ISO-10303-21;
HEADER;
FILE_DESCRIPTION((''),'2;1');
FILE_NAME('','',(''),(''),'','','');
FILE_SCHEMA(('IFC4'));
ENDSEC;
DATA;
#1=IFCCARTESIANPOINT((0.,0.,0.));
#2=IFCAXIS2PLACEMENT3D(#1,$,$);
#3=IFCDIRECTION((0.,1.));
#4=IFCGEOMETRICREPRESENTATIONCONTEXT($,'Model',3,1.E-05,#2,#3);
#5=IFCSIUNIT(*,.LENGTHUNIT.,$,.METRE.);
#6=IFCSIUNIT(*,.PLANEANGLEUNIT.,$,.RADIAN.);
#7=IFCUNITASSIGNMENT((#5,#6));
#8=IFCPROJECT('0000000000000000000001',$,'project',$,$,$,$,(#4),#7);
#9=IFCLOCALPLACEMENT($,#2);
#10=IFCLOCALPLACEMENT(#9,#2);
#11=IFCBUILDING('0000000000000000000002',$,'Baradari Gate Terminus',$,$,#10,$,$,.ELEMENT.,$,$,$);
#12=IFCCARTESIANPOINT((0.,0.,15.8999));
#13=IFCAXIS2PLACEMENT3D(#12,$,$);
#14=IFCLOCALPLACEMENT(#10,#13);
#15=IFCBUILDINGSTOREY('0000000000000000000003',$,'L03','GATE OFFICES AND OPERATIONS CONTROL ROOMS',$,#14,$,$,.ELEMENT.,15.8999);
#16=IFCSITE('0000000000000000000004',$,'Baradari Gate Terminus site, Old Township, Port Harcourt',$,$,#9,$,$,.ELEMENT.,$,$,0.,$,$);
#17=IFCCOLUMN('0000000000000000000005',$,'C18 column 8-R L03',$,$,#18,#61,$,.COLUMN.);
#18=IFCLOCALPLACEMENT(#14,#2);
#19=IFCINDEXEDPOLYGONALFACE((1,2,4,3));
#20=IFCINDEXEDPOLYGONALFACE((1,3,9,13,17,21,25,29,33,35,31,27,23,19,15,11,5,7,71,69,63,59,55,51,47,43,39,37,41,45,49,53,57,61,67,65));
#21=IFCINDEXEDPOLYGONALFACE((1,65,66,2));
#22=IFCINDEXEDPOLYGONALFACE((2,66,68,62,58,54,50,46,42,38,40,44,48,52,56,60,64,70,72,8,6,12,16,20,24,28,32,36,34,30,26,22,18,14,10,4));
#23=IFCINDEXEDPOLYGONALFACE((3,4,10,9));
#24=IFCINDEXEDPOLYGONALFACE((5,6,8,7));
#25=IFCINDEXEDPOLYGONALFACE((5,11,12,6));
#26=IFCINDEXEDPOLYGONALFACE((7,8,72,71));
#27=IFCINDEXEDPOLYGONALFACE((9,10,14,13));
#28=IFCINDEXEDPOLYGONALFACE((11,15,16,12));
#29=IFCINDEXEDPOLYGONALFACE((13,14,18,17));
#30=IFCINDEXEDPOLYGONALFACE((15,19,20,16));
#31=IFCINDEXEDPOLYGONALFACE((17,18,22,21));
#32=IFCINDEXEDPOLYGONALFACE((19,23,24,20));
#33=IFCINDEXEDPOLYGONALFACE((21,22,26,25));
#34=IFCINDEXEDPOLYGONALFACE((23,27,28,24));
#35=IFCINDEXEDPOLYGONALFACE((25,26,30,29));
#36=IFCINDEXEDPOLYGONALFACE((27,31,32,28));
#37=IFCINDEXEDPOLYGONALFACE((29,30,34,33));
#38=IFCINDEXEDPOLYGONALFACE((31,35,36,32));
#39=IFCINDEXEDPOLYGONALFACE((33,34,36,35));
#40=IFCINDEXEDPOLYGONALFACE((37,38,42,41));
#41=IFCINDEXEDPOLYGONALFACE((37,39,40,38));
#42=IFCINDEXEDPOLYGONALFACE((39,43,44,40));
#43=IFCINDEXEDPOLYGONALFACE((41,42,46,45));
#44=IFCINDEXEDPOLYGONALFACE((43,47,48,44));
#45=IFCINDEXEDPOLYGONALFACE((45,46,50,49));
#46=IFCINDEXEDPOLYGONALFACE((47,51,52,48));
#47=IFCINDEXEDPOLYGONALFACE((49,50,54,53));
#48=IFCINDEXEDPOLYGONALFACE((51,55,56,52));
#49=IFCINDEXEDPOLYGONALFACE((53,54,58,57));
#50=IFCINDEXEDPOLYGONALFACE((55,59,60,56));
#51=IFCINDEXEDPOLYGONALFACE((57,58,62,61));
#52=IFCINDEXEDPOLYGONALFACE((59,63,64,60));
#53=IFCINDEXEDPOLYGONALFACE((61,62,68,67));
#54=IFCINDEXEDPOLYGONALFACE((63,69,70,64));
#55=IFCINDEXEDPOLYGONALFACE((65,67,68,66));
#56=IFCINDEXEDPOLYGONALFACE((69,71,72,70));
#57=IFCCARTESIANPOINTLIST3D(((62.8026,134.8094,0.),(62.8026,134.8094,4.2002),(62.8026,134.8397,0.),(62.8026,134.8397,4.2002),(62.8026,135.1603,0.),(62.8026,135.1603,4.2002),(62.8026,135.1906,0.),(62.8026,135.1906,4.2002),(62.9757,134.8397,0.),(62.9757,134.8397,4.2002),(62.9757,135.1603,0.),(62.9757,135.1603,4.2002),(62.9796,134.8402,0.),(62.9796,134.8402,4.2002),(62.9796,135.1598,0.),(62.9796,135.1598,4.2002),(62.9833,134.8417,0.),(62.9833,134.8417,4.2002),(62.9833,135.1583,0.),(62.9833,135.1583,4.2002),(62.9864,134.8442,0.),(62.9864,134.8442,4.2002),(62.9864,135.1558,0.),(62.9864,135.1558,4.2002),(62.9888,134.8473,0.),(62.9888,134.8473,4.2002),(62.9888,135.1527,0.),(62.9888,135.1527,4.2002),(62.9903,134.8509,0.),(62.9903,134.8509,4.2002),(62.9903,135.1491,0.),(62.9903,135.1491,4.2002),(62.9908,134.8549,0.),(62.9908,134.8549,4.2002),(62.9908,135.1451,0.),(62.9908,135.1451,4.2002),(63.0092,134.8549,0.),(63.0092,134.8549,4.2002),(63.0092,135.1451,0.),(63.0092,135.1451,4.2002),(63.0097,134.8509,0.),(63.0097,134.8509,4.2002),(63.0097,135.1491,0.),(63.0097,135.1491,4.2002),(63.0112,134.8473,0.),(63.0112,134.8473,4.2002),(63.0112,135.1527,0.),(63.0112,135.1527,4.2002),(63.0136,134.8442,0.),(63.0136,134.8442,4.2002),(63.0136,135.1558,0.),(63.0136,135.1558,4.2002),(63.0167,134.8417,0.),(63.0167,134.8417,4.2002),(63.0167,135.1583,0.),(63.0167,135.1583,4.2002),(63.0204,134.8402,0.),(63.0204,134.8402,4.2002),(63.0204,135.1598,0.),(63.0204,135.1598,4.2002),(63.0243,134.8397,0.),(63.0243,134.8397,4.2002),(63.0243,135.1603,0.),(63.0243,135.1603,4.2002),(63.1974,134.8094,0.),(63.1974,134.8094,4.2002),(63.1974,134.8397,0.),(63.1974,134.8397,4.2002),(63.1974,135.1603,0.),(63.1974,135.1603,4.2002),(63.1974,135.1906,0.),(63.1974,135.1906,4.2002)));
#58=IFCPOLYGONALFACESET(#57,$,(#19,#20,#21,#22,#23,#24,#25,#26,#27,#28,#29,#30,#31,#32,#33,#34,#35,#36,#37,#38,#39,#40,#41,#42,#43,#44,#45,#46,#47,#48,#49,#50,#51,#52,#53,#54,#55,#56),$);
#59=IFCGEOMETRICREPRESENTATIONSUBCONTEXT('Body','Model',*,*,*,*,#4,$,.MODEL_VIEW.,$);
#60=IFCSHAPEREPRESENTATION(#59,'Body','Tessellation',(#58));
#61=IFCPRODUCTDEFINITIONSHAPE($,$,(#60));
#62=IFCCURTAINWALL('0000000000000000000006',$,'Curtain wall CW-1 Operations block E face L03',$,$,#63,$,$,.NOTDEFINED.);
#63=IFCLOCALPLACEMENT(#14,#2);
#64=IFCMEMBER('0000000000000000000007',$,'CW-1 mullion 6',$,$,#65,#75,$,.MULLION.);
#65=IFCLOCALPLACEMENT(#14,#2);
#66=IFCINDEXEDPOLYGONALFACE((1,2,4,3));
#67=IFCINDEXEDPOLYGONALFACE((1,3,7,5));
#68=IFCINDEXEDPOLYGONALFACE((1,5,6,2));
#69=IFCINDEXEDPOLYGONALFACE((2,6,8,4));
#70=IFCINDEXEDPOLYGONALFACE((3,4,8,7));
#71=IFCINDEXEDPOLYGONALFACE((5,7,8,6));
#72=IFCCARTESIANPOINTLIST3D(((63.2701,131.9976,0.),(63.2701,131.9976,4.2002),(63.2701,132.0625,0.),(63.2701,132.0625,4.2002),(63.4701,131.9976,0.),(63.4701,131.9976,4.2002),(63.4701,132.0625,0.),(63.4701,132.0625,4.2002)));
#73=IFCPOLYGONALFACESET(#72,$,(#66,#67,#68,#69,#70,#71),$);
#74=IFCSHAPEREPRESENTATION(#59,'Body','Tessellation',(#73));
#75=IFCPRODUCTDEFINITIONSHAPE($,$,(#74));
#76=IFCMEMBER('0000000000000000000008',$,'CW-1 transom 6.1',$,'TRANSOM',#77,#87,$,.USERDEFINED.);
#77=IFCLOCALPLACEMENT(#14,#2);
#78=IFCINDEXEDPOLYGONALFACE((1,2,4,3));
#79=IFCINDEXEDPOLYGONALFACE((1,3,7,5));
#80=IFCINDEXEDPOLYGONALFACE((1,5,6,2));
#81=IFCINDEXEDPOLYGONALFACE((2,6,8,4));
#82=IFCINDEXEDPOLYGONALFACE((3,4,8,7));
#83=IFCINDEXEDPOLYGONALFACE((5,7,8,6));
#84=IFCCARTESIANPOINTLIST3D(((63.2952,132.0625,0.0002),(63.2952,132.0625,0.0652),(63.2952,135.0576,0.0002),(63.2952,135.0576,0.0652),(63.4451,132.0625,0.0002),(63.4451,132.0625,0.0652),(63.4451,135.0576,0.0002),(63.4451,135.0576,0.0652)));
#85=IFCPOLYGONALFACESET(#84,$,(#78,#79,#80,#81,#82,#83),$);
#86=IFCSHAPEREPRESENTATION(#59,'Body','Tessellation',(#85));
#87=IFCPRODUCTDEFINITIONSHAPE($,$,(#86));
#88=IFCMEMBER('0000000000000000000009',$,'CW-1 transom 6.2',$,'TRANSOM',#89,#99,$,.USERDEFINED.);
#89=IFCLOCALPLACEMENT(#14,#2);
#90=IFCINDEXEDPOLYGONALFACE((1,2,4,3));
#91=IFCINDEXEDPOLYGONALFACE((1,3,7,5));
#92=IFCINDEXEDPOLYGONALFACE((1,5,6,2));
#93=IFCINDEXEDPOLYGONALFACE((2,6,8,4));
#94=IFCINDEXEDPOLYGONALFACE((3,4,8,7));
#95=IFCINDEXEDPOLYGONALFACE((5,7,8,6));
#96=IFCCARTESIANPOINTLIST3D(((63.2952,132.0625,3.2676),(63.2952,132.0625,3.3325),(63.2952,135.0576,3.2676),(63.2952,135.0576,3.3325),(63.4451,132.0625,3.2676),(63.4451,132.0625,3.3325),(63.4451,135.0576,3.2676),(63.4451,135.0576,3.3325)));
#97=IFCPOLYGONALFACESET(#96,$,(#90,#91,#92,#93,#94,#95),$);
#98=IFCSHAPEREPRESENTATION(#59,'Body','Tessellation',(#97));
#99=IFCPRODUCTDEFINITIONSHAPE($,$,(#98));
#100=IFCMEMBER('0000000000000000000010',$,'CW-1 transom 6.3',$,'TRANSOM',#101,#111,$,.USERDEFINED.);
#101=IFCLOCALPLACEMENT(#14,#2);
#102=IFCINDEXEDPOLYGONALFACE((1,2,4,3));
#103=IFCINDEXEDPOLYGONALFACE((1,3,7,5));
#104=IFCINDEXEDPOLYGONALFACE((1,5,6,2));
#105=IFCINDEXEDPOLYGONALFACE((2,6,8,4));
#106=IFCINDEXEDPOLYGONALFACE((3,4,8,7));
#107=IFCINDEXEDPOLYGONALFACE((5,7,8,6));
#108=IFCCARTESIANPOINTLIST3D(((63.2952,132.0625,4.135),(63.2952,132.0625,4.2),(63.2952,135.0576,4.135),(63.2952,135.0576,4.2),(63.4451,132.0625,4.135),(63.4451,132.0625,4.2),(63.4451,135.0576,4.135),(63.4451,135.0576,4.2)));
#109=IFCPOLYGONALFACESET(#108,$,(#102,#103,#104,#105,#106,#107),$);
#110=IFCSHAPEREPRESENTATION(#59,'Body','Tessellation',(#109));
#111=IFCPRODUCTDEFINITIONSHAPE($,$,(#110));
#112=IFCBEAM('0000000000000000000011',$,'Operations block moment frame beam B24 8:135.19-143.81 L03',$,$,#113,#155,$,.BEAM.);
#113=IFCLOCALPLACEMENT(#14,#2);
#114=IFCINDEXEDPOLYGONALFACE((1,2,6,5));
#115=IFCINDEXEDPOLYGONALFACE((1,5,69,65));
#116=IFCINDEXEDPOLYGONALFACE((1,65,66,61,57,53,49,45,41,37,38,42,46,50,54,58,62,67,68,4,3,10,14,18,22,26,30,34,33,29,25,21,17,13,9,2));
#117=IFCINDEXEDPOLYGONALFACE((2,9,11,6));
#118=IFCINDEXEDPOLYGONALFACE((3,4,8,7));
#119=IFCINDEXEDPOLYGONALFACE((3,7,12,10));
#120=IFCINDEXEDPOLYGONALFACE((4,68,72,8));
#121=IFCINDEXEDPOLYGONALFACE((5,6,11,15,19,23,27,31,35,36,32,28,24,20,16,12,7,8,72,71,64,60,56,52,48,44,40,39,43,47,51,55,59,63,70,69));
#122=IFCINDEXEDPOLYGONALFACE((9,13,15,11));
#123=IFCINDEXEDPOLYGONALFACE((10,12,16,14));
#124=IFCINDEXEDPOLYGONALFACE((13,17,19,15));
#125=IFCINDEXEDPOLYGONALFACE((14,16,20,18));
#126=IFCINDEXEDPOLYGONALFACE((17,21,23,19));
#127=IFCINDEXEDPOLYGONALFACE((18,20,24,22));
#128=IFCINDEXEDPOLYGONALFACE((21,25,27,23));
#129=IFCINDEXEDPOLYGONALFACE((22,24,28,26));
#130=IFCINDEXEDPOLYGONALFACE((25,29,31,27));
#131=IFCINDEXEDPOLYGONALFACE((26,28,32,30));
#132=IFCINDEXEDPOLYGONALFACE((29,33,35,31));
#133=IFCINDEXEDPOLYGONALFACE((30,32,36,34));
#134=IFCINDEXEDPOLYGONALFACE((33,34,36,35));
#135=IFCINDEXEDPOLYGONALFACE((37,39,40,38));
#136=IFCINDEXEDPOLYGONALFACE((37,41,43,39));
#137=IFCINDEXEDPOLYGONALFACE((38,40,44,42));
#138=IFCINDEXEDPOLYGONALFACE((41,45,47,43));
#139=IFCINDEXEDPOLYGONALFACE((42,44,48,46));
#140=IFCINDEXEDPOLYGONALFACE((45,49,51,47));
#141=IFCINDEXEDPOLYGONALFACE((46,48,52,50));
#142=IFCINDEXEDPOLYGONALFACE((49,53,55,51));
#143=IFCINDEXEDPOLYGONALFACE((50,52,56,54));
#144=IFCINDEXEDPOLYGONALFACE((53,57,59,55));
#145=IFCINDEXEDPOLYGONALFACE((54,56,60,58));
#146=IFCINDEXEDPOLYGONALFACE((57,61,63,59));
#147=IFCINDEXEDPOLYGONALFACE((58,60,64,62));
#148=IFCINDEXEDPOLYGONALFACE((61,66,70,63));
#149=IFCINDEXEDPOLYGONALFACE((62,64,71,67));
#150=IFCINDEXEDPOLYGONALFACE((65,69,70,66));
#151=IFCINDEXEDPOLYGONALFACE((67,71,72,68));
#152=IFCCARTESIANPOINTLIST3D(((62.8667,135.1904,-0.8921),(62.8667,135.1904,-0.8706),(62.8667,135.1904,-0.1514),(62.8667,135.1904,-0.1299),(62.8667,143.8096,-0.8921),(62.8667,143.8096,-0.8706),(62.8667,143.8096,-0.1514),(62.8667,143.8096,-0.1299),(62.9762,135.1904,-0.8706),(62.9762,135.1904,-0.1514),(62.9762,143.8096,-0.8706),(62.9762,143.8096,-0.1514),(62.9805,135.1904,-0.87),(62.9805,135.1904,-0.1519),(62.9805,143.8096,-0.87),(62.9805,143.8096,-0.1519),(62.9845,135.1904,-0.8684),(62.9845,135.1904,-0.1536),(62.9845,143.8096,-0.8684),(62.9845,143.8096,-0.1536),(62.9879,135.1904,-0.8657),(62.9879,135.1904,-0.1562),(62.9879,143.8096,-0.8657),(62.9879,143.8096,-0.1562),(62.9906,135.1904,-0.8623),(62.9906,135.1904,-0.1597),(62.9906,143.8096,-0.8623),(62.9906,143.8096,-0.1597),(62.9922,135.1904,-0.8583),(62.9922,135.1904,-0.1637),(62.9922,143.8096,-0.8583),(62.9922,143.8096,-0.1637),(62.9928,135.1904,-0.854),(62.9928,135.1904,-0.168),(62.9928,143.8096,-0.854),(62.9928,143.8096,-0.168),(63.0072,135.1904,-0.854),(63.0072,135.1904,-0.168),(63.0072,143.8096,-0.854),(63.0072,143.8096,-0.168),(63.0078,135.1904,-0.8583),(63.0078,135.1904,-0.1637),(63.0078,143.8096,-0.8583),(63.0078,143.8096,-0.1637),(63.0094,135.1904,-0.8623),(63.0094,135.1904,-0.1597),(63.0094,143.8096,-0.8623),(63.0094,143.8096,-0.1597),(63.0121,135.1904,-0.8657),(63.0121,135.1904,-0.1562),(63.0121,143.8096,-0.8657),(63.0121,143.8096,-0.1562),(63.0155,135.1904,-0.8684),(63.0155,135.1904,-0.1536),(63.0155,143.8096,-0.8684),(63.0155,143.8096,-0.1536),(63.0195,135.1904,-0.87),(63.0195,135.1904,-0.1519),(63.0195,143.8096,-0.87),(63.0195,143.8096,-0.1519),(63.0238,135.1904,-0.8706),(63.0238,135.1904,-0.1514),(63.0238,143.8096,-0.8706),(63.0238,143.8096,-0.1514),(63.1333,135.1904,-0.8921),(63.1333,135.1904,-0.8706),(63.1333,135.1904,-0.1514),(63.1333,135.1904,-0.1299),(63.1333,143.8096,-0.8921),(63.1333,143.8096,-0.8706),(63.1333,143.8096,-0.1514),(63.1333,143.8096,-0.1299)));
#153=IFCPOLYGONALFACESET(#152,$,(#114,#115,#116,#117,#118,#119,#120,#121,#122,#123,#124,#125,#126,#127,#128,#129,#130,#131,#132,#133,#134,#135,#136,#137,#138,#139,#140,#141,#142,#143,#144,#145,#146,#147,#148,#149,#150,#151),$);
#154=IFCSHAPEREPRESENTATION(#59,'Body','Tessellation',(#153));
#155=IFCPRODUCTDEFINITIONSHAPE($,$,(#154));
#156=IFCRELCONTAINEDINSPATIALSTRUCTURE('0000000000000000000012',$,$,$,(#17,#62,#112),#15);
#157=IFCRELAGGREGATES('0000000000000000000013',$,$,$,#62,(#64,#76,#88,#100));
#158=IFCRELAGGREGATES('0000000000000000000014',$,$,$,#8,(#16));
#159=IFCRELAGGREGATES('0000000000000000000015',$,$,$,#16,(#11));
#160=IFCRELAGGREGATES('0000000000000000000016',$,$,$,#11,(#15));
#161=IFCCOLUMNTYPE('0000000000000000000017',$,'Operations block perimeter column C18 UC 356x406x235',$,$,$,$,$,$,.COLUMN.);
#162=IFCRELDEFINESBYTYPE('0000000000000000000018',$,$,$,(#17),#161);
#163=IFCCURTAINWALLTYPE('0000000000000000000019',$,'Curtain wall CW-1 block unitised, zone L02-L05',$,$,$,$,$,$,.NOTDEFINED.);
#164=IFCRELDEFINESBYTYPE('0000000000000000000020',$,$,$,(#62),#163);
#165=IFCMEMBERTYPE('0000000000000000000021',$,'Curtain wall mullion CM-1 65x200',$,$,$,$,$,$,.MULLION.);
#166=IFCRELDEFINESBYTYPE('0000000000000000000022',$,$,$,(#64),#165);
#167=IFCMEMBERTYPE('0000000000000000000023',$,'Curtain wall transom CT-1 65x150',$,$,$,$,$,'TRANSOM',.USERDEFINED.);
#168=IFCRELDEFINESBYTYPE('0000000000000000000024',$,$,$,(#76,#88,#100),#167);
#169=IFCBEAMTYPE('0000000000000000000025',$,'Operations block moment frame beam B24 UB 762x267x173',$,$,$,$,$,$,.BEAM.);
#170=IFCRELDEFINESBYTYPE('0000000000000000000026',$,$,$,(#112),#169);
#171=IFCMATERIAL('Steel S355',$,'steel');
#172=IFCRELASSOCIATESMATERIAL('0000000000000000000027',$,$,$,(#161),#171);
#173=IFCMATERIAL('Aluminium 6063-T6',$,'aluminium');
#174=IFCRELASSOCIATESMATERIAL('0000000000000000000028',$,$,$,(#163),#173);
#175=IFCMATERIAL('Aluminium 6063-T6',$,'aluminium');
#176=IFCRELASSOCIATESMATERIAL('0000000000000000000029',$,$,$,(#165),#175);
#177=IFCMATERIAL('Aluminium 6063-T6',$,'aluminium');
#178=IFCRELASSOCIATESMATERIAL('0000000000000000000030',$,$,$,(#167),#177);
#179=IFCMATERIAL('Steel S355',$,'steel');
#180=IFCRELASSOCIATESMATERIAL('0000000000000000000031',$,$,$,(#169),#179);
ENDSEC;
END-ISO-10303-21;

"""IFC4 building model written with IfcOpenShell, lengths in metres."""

from ifc_helpers import new_model, si_unit, direction, frame, origin, origin_2d, place, context, subcontext, project, spatial, rectangle, i_section, extrude, material, material_profile, profile_set, type_object, element, aggregate, save


model = new_model("IFC4")

# Units and contexts
model_context = context("Model", 3, precision=1e-05, world=origin(), true_north=direction((0.0, 1.0)))
body_context = subcontext(model_context, "Body", "Model", "MODEL_VIEW")
ifc_project = project(units=[si_unit("LENGTHUNIT", "METRE"), si_unit("PLANEANGLEUNIT", "RADIAN")], contexts=[model_context])

# Site, building, storey
site_placement = place(None, origin())
site = spatial("IfcSite", under=ifc_project, at=site_placement, Name="Baradari Gate Terminus site, Old Township, Port Harcourt", CompositionType="ELEMENT", RefElevation=0.0)
building_placement = place(site_placement, origin())
building = spatial("IfcBuilding", under=site, at=building_placement, Name="Baradari Gate Terminus", CompositionType="ELEMENT")
storey_placement = place(building_placement, frame((0.0, 0.0, 15.8999)))
storey = spatial("IfcBuildingStorey", under=building, at=storey_placement, Name="L03", Description="GATE OFFICES AND OPERATIONS CONTROL ROOMS", CompositionType="ELEMENT", Elevation=15.8999)

# Column
ifc_material_1 = material(Name="Steel S355", Category="steel")
ifc_material_profile_1 = material_profile(ifc_material_1, i_section(OverallWidth=0.3948, OverallDepth=0.3811, WebThickness=0.0183, FlangeThickness=0.0303, FilletRadius=0.0151, at=origin_2d()), Name="UC 356x406x235")
ifc_profile_set_1 = profile_set([ifc_material_profile_1], Name="Steel S355")
column_type = type_object("IfcColumnType", Name="Operations block perimeter column C18 UC 356x406x235", PredefinedType="COLUMN", material=ifc_profile_set_1)
column_placement = place(storey_placement, frame((63.0, 135.0, 0.0), z_axis=(0.0, 0.0, 1.0), x_axis=(1.0, 0.0, 0.0)))
element("IfcColumn", 1, at=column_placement, inside=storey, type_object=column_type, Name="C18 column 8-R L03", PredefinedType="COLUMN", context=body_context, shape_type="SweptSolid", body=[
    extrude(i_section(OverallWidth=0.3948, OverallDepth=0.3811, WebThickness=0.0183, FlangeThickness=0.0303, FilletRadius=0.0151, at=origin_2d()), origin(), (0.0, 0.0, 1.0), 4.2002),
])

# Curtain wall, members
ifc_material_2 = material(Name="Aluminium 6063-T6", Category="aluminium")
curtain_wall_type = type_object("IfcCurtainWallType", Name="Curtain wall CW-1 block unitised, zone L02-L05", PredefinedType="NOTDEFINED", material=ifc_material_2)
curtain_wall_placement = place(storey_placement, origin())
curtain_wall = element("IfcCurtainWall", 2, at=curtain_wall_placement, inside=storey, type_object=curtain_wall_type, Name="Curtain wall CW-1 Operations block E face L03", PredefinedType="NOTDEFINED")
ifc_material_3 = material(Name="Aluminium 6063-T6", Category="aluminium")
ifc_material_profile_2 = material_profile(ifc_material_3, rectangle(XDim=0.2, YDim=0.0649, at=origin_2d()), Name="CM-1 65X200")
ifc_profile_set_2 = profile_set([ifc_material_profile_2], Name="Aluminium 6063-T6")
member_type_1 = type_object("IfcMemberType", Name="Curtain wall mullion CM-1 65x200", PredefinedType="MULLION", material=ifc_profile_set_2)
member_1_placement = place(storey_placement, frame((63.3701, 132.03, 0.0), z_axis=(0.0, 0.0, 1.0), x_axis=(-1.0, 0.0, 0.0)))
member_1 = element("IfcMember", 3, at=member_1_placement, type_object=member_type_1, Name="CW-1 mullion 6", PredefinedType="MULLION", context=body_context, shape_type="SweptSolid", body=[
    extrude(rectangle(XDim=0.2, YDim=0.0649, at=origin_2d()), origin(), (0.0, 0.0, 1.0), 4.2002),
])
ifc_material_4 = material(Name="Aluminium 6063-T6", Category="aluminium")
ifc_material_profile_3 = material_profile(ifc_material_4, rectangle(XDim=0.1499, YDim=0.0649, at=origin_2d()), Name="CT-1 65X150")
ifc_profile_set_3 = profile_set([ifc_material_profile_3], Name="Aluminium 6063-T6")
member_type_2 = type_object("IfcMemberType", Name="Curtain wall transom CT-1 65x150", ElementType="TRANSOM", PredefinedType="USERDEFINED", material=ifc_profile_set_3)
member_2_placement = place(storey_placement, frame((63.3701, 132.0625, 0.0327), z_axis=(0.0, 1.0, 0.0), x_axis=(-1.0, 0.0, 0.0)))
member_2 = element("IfcMember", 4, at=member_2_placement, type_object=member_type_2, Name="CW-1 transom 6.1", ObjectType="TRANSOM", PredefinedType="USERDEFINED", context=body_context, shape_type="SweptSolid", body=[
    extrude(rectangle(XDim=0.1499, YDim=0.0649, at=origin_2d()), origin(), (0.0, 0.0, 1.0), 2.9951),
])
member_3_placement = place(storey_placement, frame((63.3701, 132.0625, 3.3), z_axis=(0.0, 1.0, 0.0), x_axis=(-1.0, 0.0, 0.0)))
member_3 = element("IfcMember", 5, at=member_3_placement, type_object=member_type_2, Name="CW-1 transom 6.2", ObjectType="TRANSOM", PredefinedType="USERDEFINED", context=body_context, shape_type="SweptSolid", body=[
    extrude(rectangle(XDim=0.1499, YDim=0.0649, at=origin_2d()), origin(), (0.0, 0.0, 1.0), 2.9951),
])
member_4_placement = place(storey_placement, frame((63.3701, 132.0625, 4.1675), z_axis=(0.0, 1.0, 0.0), x_axis=(-1.0, 0.0, 0.0)))
member_4 = element("IfcMember", 6, at=member_4_placement, type_object=member_type_2, Name="CW-1 transom 6.3", ObjectType="TRANSOM", PredefinedType="USERDEFINED", context=body_context, shape_type="SweptSolid", body=[
    extrude(rectangle(XDim=0.1499, YDim=0.0649, at=origin_2d()), origin(), (0.0, 0.0, 1.0), 2.9951),
])

# Beam
ifc_material_5 = material(Name="Steel S355", Category="steel")
ifc_material_profile_4 = material_profile(ifc_material_5, i_section(OverallWidth=0.2666, OverallDepth=0.7622, WebThickness=0.0144, FlangeThickness=0.0215, FilletRadius=0.0166, at=origin_2d()), Name="UB 762x267x173")
ifc_profile_set_4 = profile_set([ifc_material_profile_4], Name="Steel S355")
beam_type_1 = type_object("IfcBeamType", Name="Operations block moment frame beam B24 UB 762x267x173", PredefinedType="BEAM", material=ifc_profile_set_4)
beam_1_placement = place(storey_placement, frame((63.0, 135.1904, -0.511), z_axis=(0.0, 1.0, 0.0), x_axis=(-1.0, 0.0, 0.0)))
element("IfcBeam", 7, at=beam_1_placement, inside=storey, type_object=beam_type_1, Name="Operations block moment frame beam B24 8:135.19-143.81 L03", PredefinedType="BEAM", context=body_context, shape_type="SweptSolid", body=[
    extrude(i_section(OverallWidth=0.2666, OverallDepth=0.7622, WebThickness=0.0144, FlangeThickness=0.0215, FilletRadius=0.0166, at=origin_2d()), origin(), (0.0, 0.0, 1.0), 8.6191),
])

aggregate(curtain_wall, [member_1, member_2, member_3, member_4])

save(model, "model.ifc")
